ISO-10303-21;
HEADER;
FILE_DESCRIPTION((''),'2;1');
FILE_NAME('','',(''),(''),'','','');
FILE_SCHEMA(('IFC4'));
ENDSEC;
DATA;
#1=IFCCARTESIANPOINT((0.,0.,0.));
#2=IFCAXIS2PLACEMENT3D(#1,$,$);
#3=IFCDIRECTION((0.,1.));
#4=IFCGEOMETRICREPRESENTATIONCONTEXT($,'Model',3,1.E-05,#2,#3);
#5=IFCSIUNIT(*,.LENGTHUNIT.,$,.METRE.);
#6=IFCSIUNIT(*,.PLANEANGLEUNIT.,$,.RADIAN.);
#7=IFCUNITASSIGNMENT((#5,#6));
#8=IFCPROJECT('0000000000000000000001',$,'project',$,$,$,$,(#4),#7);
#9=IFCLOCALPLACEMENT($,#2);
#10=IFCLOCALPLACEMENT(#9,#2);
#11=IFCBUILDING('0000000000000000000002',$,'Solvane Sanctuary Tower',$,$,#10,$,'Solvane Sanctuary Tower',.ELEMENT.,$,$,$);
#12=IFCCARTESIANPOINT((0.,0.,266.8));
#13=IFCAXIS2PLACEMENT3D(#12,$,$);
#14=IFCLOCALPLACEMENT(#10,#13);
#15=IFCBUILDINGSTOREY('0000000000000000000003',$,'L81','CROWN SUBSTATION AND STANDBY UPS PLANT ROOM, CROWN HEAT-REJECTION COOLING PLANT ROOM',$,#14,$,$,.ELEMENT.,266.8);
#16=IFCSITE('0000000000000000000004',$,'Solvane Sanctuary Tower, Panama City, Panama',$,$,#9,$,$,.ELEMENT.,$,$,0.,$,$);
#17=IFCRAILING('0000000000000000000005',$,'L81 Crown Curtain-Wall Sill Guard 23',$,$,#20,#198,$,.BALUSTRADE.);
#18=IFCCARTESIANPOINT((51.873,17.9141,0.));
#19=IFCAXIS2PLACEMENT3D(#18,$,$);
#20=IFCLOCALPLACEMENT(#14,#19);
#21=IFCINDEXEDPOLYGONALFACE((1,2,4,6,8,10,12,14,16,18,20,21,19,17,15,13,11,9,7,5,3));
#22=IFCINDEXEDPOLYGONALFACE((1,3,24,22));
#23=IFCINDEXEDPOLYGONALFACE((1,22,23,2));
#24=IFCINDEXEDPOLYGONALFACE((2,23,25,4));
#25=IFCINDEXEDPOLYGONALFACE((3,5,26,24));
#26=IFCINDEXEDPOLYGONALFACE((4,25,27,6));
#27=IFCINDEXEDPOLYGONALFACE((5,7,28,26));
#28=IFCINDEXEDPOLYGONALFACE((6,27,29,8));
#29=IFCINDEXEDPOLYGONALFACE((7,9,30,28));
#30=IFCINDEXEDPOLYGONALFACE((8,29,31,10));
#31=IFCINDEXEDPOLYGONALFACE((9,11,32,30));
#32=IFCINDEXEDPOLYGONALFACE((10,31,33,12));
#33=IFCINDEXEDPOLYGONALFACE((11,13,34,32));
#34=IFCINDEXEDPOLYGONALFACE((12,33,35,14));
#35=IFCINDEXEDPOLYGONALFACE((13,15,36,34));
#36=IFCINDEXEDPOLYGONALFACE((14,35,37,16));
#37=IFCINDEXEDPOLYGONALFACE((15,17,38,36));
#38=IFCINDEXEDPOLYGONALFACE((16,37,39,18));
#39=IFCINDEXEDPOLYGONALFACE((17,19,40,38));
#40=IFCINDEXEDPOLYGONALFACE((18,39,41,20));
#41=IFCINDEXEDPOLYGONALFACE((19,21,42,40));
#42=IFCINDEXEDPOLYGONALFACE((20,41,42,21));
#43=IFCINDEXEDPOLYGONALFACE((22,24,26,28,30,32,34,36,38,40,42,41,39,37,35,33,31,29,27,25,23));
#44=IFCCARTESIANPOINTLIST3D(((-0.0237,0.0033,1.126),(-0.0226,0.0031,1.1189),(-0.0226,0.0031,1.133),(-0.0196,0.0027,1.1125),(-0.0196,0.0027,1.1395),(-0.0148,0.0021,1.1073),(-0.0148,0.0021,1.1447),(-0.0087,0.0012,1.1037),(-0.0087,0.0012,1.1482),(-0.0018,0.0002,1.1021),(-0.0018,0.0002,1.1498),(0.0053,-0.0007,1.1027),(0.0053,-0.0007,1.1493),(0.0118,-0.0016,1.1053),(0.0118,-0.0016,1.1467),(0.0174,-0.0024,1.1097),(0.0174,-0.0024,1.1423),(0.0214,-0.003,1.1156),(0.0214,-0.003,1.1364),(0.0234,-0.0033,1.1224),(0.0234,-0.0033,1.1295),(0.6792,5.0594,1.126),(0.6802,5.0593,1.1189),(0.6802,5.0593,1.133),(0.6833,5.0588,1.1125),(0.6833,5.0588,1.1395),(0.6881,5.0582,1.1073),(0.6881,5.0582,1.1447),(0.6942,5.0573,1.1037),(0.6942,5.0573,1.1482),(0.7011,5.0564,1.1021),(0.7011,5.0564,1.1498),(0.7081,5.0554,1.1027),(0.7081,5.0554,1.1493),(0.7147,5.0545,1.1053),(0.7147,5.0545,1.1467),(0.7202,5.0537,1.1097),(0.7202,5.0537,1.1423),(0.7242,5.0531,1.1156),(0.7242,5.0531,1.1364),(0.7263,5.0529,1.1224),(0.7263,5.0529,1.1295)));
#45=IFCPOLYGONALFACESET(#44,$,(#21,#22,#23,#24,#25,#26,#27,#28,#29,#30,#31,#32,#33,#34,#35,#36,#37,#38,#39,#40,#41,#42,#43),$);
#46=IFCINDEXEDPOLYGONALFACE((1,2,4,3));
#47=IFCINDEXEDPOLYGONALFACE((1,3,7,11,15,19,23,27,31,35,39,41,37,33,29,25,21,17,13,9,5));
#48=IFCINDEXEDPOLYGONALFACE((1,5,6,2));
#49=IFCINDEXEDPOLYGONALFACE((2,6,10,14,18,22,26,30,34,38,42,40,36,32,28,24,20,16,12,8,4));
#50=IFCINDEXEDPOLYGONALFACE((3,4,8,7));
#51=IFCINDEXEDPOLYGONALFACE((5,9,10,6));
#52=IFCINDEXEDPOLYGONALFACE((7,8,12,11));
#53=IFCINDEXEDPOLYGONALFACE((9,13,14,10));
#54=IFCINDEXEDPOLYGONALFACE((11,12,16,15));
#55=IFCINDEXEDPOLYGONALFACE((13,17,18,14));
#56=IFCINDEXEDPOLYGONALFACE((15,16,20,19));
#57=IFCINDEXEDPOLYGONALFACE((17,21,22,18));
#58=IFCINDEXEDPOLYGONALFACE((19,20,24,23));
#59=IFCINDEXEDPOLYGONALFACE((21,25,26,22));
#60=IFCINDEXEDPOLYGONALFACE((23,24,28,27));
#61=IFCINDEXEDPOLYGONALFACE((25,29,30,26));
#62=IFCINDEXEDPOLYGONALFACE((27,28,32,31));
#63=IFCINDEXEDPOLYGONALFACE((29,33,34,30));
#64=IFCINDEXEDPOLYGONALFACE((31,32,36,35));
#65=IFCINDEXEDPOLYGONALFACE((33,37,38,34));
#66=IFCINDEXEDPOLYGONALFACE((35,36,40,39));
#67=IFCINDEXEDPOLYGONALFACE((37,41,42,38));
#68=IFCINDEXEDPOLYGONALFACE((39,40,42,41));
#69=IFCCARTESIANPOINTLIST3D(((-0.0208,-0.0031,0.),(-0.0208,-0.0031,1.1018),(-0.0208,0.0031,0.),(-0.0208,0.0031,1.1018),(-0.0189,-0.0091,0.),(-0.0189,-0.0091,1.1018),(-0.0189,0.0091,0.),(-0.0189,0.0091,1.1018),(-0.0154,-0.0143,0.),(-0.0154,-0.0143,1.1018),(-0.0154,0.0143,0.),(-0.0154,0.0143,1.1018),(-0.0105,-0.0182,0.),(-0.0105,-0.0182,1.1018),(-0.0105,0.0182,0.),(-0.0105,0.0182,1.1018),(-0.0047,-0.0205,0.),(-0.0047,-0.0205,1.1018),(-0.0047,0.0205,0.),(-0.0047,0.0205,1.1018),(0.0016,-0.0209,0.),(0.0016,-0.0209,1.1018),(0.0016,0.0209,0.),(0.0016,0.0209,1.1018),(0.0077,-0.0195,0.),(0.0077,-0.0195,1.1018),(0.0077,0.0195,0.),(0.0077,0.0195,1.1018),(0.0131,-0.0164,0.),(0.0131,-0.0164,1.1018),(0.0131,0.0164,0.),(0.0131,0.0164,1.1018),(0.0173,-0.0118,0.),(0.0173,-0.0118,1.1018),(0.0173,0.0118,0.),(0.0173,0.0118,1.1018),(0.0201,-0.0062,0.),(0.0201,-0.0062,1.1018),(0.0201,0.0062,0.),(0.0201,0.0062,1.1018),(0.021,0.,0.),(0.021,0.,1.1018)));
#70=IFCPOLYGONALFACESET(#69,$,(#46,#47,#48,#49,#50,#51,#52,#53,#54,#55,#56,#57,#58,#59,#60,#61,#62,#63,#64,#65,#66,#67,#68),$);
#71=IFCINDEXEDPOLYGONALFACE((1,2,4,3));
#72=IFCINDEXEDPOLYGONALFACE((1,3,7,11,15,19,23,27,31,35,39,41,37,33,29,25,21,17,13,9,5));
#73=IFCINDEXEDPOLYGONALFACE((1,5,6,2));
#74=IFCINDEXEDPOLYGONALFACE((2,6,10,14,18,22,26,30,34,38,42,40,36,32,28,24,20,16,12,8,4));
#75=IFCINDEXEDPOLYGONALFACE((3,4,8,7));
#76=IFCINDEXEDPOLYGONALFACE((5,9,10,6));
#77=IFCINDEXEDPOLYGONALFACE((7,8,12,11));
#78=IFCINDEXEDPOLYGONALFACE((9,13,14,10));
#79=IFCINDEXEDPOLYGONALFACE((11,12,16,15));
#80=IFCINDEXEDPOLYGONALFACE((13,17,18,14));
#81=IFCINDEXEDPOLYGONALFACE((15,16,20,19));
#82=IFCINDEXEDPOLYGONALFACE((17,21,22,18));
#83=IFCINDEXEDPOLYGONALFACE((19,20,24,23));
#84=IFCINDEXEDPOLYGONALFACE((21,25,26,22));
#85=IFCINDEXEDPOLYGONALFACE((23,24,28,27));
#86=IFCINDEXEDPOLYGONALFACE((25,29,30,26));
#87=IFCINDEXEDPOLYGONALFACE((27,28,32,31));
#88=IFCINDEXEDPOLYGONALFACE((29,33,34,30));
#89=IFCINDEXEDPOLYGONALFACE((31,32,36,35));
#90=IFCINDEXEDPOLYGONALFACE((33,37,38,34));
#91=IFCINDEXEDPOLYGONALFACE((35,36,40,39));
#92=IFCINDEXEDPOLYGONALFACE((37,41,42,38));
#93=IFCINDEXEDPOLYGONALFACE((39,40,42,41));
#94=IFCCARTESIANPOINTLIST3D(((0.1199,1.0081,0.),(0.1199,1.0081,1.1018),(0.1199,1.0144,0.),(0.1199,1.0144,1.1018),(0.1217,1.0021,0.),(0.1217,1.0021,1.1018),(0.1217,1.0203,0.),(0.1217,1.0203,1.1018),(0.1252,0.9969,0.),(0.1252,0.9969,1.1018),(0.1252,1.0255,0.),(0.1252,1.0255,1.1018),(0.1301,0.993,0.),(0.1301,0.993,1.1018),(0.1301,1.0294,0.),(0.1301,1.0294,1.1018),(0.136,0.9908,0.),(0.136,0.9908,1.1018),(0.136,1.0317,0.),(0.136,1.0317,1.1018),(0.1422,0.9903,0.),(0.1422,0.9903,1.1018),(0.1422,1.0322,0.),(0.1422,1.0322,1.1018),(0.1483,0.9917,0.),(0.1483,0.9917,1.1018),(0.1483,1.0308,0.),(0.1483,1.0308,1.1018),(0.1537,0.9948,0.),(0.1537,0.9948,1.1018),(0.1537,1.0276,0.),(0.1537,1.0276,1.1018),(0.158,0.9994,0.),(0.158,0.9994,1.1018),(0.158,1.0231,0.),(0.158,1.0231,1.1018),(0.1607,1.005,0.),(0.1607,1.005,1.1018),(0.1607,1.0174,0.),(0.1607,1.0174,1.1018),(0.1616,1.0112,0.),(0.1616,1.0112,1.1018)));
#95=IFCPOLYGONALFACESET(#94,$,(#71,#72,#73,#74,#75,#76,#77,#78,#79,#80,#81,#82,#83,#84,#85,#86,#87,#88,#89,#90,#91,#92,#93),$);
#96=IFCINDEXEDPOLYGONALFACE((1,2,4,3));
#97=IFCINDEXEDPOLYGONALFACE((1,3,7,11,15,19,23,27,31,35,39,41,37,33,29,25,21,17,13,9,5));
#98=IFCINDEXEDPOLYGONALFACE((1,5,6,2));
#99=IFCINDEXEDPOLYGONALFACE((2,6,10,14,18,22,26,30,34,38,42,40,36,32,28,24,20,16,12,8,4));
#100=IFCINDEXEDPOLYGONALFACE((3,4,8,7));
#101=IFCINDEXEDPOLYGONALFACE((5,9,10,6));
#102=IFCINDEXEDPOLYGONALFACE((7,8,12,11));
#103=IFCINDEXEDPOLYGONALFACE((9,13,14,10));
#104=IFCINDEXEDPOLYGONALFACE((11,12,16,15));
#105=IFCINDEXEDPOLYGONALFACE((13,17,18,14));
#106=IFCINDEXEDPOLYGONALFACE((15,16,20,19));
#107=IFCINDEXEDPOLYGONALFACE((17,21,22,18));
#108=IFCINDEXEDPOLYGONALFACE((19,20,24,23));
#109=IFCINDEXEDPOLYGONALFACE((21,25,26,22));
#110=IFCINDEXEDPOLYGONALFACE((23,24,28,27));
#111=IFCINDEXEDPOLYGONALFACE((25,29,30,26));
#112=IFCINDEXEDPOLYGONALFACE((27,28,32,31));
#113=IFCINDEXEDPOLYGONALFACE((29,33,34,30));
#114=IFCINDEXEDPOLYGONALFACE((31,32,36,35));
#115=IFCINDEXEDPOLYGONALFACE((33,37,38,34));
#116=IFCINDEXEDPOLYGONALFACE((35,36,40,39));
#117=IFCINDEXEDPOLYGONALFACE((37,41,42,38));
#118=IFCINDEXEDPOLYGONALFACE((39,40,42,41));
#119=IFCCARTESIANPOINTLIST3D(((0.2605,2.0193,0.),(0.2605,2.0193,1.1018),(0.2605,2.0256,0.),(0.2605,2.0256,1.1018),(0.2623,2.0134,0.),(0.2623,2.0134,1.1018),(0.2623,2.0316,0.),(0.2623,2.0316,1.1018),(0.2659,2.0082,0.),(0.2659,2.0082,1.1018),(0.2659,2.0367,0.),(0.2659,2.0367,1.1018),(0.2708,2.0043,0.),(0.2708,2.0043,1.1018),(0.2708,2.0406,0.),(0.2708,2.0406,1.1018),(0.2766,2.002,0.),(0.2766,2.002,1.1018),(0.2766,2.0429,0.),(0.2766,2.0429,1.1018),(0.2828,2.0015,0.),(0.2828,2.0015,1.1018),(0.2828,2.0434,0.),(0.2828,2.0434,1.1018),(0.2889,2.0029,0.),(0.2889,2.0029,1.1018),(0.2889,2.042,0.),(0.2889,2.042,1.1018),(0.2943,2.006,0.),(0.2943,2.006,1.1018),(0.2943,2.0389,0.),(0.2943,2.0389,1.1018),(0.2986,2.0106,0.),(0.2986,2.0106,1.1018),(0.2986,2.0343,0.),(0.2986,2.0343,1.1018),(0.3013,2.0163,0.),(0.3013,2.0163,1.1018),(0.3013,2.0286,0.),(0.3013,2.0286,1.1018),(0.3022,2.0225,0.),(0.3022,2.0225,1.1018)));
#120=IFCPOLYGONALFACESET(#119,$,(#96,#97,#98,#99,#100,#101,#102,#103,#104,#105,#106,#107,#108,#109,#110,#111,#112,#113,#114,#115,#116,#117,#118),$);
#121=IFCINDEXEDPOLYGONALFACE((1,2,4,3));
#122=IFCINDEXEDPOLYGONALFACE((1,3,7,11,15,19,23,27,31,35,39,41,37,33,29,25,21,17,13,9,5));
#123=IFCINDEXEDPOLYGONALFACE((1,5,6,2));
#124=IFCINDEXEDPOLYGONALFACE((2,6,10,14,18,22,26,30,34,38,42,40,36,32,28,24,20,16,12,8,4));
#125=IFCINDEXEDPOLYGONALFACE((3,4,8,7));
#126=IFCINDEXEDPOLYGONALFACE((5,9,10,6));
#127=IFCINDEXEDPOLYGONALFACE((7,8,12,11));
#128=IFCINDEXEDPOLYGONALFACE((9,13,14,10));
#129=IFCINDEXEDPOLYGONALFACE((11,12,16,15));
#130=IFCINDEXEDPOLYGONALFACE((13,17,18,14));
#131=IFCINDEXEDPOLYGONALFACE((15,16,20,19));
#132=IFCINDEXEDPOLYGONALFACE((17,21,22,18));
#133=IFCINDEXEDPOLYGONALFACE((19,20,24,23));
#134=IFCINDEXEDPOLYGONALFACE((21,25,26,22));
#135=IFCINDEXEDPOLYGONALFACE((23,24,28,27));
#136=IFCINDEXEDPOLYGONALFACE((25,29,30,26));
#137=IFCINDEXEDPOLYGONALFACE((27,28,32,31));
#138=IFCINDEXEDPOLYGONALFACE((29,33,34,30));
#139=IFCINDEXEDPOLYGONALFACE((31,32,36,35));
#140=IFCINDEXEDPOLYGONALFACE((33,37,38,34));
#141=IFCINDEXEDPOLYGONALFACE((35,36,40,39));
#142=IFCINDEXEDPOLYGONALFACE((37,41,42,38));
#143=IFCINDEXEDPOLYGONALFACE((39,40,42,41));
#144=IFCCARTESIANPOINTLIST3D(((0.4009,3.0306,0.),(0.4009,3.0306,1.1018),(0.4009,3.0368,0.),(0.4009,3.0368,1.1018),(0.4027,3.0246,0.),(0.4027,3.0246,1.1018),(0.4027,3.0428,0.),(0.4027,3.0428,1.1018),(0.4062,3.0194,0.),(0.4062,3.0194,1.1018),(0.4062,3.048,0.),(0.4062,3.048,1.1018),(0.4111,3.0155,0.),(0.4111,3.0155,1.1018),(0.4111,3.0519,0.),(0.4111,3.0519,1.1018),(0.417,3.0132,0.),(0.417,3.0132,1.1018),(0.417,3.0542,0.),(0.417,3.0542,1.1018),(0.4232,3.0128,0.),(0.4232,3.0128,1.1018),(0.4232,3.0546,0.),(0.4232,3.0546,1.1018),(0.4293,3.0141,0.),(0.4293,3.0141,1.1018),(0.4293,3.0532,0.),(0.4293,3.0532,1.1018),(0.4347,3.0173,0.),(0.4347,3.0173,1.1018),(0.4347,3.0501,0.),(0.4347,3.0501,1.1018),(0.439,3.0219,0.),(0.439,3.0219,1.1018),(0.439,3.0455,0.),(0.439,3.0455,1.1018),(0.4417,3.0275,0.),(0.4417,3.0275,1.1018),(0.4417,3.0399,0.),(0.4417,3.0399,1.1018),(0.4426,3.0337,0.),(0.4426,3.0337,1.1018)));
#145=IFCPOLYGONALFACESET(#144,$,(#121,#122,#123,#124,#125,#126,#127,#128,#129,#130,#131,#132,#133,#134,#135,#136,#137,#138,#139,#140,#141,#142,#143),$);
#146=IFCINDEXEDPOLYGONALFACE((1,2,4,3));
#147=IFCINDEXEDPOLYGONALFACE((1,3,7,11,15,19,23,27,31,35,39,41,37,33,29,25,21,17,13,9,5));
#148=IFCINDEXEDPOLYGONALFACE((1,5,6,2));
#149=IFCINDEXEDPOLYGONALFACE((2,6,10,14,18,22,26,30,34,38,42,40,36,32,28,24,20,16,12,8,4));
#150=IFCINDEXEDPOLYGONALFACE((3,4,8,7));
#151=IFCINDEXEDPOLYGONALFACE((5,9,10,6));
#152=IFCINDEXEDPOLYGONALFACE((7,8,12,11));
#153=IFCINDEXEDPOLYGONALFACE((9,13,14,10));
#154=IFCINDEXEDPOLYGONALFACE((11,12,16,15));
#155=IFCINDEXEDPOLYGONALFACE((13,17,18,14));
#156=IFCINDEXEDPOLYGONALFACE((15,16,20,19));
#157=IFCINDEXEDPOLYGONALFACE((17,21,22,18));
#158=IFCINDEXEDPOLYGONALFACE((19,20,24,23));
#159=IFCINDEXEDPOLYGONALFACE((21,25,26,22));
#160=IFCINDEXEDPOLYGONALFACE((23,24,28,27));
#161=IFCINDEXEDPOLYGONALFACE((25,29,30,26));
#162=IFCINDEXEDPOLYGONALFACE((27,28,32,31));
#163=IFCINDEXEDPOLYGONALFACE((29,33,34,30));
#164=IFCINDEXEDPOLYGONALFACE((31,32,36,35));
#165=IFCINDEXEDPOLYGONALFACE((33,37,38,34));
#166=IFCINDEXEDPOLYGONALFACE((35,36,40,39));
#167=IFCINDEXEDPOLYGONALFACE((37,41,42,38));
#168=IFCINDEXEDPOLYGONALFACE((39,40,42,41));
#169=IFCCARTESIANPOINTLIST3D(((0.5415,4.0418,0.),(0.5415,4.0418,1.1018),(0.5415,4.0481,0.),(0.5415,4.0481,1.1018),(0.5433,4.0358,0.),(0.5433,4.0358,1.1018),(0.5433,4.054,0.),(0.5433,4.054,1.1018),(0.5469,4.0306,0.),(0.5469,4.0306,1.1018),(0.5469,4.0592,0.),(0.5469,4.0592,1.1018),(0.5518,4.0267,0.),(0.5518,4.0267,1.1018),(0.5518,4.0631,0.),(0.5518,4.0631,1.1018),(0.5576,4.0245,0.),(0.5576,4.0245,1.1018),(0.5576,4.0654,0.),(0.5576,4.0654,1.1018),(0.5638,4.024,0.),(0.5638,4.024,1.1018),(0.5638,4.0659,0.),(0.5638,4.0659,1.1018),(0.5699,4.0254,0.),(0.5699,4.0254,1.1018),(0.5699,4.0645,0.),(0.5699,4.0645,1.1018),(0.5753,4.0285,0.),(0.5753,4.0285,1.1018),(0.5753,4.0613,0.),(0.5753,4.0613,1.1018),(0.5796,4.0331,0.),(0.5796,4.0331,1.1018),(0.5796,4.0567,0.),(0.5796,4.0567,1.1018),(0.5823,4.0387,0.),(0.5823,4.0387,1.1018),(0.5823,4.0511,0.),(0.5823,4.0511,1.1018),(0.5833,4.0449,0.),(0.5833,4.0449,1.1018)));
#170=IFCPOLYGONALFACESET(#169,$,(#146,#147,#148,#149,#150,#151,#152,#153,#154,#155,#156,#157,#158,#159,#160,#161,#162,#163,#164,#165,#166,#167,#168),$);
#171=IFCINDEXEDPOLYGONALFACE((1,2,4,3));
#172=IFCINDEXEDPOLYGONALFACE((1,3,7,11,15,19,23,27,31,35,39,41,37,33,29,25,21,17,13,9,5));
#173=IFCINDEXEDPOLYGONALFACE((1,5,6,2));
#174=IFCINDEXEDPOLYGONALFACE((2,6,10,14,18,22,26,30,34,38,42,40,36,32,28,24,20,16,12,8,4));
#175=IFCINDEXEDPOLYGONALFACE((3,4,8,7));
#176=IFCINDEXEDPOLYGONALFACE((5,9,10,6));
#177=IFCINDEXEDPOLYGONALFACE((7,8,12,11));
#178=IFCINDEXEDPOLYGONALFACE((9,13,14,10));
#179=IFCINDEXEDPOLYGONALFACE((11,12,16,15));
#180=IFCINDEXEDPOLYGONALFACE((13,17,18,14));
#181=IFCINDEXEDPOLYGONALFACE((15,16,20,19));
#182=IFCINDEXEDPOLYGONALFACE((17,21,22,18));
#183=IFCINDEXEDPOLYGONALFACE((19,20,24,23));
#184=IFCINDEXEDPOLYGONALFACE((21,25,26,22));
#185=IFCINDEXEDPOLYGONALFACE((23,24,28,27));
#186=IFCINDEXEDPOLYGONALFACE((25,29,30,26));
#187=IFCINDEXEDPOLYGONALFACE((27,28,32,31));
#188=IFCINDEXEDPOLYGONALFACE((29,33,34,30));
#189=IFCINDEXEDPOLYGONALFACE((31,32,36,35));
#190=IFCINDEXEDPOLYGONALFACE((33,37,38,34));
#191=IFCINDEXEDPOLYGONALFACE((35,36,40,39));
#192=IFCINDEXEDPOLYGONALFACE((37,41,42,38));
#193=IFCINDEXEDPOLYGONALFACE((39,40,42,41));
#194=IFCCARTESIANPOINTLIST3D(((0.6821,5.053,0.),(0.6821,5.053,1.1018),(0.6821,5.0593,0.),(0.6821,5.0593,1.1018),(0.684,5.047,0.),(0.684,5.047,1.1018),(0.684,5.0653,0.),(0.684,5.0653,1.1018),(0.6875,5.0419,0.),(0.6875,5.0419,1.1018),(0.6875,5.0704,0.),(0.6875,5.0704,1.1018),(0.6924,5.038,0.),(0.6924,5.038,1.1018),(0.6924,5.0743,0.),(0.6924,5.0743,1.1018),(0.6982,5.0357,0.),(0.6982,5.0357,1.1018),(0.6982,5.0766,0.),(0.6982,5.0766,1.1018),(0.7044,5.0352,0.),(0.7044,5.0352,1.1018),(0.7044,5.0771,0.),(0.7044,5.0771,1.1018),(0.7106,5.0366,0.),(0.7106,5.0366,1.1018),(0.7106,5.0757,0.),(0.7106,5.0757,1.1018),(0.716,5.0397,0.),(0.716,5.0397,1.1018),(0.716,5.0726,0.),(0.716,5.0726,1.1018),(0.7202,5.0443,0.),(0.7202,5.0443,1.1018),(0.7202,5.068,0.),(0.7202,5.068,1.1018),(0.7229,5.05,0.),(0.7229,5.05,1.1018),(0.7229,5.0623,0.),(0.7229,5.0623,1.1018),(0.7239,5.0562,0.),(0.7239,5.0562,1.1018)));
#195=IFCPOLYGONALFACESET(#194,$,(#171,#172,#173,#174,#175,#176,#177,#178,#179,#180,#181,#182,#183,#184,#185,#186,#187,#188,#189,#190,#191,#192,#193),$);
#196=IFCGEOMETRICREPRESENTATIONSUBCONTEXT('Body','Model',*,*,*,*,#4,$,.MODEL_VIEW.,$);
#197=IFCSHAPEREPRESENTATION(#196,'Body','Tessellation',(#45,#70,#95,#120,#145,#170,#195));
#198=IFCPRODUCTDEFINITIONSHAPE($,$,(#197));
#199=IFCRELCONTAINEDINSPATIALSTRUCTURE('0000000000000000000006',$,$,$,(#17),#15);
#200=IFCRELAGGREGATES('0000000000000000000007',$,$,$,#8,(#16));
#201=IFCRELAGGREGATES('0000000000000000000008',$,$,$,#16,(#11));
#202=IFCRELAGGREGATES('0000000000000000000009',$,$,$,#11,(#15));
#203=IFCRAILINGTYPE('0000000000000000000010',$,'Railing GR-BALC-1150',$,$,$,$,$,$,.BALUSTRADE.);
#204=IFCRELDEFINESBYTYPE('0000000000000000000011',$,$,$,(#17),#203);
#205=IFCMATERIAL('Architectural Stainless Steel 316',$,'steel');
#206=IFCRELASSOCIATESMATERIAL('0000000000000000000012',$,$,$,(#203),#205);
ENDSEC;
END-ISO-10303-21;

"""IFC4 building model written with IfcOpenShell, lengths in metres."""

from ifc_helpers import new_model, si_unit, direction, frame, origin, origin_2d, place, context, subcontext, project, spatial, circle, extrude, material, type_object, element, save


model = new_model("IFC4")

# Units and contexts
model_context = context("Model", 3, precision=1e-05, world=origin(), true_north=direction((0.0, 1.0)))
body_context = subcontext(model_context, "Body", "Model", "MODEL_VIEW")
ifc_project = project(units=[si_unit("LENGTHUNIT", "METRE"), si_unit("PLANEANGLEUNIT", "RADIAN")], contexts=[model_context])

# Site, building, storey
site_placement = place(None, origin())
site = spatial("IfcSite", under=ifc_project, at=site_placement, Name="Solvane Sanctuary Tower, Panama City, Panama", CompositionType="ELEMENT", RefElevation=0.0)
building_placement = place(site_placement, origin())
building = spatial("IfcBuilding", under=site, at=building_placement, Name="Solvane Sanctuary Tower", LongName="Solvane Sanctuary Tower", CompositionType="ELEMENT")
storey_placement = place(building_placement, frame((0.0, 0.0, 266.8)))
storey = spatial("IfcBuildingStorey", under=building, at=storey_placement, Name="L81", Description="CROWN SUBSTATION AND STANDBY UPS PLANT ROOM, CROWN HEAT-REJECTION COOLING PLANT ROOM", CompositionType="ELEMENT", Elevation=266.8)

# Shared definitions
ifc_material_1 = material(Name="Architectural Stainless Steel 316", Category="steel")

# Railing
railing_type_1 = type_object("IfcRailingType", Name="Railing GR-BALC-1150", PredefinedType="BALUSTRADE", material=ifc_material_1)
railing_1_placement = place(storey_placement, frame((51.873, 17.9141, 0.0)))
element("IfcRailing", 1, at=railing_1_placement, inside=storey, type_object=railing_type_1, Name="L81 Crown Curtain-Wall Sill Guard 23", PredefinedType="BALUSTRADE", context=body_context, shape_type="SweptSolid", body=[
    extrude(circle(Radius=0.0239, at=origin_2d()), frame((0.0, 0.0, 1.126), z_axis=(0.137691, 0.990475, 0.0), x_axis=(-0.990475, 0.137691, 0.0)), (0.0, 0.0, 1.0), 5.1047),
    extrude(circle(Radius=0.021, at=origin_2d()), origin(), (0.0, 0.0, 1.0), 1.1018),
    extrude(circle(Radius=0.021, at=origin_2d()), frame((0.1406, 1.0112, 0.0)), (0.0, 0.0, 1.0), 1.1018),
    extrude(circle(Radius=0.021, at=origin_2d()), frame((0.2812, 2.0225, 0.0)), (0.0, 0.0, 1.0), 1.1018),
    extrude(circle(Radius=0.021, at=origin_2d()), frame((0.4216, 3.0337, 0.0)), (0.0, 0.0, 1.0), 1.1018),
    extrude(circle(Radius=0.021, at=origin_2d()), frame((0.5623, 4.0449, 0.0)), (0.0, 0.0, 1.0), 1.1018),
    extrude(circle(Radius=0.021, at=origin_2d()), frame((0.7029, 5.0562, 0.0)), (0.0, 0.0, 1.0), 1.1018),
])

save(model, "model.ifc")
